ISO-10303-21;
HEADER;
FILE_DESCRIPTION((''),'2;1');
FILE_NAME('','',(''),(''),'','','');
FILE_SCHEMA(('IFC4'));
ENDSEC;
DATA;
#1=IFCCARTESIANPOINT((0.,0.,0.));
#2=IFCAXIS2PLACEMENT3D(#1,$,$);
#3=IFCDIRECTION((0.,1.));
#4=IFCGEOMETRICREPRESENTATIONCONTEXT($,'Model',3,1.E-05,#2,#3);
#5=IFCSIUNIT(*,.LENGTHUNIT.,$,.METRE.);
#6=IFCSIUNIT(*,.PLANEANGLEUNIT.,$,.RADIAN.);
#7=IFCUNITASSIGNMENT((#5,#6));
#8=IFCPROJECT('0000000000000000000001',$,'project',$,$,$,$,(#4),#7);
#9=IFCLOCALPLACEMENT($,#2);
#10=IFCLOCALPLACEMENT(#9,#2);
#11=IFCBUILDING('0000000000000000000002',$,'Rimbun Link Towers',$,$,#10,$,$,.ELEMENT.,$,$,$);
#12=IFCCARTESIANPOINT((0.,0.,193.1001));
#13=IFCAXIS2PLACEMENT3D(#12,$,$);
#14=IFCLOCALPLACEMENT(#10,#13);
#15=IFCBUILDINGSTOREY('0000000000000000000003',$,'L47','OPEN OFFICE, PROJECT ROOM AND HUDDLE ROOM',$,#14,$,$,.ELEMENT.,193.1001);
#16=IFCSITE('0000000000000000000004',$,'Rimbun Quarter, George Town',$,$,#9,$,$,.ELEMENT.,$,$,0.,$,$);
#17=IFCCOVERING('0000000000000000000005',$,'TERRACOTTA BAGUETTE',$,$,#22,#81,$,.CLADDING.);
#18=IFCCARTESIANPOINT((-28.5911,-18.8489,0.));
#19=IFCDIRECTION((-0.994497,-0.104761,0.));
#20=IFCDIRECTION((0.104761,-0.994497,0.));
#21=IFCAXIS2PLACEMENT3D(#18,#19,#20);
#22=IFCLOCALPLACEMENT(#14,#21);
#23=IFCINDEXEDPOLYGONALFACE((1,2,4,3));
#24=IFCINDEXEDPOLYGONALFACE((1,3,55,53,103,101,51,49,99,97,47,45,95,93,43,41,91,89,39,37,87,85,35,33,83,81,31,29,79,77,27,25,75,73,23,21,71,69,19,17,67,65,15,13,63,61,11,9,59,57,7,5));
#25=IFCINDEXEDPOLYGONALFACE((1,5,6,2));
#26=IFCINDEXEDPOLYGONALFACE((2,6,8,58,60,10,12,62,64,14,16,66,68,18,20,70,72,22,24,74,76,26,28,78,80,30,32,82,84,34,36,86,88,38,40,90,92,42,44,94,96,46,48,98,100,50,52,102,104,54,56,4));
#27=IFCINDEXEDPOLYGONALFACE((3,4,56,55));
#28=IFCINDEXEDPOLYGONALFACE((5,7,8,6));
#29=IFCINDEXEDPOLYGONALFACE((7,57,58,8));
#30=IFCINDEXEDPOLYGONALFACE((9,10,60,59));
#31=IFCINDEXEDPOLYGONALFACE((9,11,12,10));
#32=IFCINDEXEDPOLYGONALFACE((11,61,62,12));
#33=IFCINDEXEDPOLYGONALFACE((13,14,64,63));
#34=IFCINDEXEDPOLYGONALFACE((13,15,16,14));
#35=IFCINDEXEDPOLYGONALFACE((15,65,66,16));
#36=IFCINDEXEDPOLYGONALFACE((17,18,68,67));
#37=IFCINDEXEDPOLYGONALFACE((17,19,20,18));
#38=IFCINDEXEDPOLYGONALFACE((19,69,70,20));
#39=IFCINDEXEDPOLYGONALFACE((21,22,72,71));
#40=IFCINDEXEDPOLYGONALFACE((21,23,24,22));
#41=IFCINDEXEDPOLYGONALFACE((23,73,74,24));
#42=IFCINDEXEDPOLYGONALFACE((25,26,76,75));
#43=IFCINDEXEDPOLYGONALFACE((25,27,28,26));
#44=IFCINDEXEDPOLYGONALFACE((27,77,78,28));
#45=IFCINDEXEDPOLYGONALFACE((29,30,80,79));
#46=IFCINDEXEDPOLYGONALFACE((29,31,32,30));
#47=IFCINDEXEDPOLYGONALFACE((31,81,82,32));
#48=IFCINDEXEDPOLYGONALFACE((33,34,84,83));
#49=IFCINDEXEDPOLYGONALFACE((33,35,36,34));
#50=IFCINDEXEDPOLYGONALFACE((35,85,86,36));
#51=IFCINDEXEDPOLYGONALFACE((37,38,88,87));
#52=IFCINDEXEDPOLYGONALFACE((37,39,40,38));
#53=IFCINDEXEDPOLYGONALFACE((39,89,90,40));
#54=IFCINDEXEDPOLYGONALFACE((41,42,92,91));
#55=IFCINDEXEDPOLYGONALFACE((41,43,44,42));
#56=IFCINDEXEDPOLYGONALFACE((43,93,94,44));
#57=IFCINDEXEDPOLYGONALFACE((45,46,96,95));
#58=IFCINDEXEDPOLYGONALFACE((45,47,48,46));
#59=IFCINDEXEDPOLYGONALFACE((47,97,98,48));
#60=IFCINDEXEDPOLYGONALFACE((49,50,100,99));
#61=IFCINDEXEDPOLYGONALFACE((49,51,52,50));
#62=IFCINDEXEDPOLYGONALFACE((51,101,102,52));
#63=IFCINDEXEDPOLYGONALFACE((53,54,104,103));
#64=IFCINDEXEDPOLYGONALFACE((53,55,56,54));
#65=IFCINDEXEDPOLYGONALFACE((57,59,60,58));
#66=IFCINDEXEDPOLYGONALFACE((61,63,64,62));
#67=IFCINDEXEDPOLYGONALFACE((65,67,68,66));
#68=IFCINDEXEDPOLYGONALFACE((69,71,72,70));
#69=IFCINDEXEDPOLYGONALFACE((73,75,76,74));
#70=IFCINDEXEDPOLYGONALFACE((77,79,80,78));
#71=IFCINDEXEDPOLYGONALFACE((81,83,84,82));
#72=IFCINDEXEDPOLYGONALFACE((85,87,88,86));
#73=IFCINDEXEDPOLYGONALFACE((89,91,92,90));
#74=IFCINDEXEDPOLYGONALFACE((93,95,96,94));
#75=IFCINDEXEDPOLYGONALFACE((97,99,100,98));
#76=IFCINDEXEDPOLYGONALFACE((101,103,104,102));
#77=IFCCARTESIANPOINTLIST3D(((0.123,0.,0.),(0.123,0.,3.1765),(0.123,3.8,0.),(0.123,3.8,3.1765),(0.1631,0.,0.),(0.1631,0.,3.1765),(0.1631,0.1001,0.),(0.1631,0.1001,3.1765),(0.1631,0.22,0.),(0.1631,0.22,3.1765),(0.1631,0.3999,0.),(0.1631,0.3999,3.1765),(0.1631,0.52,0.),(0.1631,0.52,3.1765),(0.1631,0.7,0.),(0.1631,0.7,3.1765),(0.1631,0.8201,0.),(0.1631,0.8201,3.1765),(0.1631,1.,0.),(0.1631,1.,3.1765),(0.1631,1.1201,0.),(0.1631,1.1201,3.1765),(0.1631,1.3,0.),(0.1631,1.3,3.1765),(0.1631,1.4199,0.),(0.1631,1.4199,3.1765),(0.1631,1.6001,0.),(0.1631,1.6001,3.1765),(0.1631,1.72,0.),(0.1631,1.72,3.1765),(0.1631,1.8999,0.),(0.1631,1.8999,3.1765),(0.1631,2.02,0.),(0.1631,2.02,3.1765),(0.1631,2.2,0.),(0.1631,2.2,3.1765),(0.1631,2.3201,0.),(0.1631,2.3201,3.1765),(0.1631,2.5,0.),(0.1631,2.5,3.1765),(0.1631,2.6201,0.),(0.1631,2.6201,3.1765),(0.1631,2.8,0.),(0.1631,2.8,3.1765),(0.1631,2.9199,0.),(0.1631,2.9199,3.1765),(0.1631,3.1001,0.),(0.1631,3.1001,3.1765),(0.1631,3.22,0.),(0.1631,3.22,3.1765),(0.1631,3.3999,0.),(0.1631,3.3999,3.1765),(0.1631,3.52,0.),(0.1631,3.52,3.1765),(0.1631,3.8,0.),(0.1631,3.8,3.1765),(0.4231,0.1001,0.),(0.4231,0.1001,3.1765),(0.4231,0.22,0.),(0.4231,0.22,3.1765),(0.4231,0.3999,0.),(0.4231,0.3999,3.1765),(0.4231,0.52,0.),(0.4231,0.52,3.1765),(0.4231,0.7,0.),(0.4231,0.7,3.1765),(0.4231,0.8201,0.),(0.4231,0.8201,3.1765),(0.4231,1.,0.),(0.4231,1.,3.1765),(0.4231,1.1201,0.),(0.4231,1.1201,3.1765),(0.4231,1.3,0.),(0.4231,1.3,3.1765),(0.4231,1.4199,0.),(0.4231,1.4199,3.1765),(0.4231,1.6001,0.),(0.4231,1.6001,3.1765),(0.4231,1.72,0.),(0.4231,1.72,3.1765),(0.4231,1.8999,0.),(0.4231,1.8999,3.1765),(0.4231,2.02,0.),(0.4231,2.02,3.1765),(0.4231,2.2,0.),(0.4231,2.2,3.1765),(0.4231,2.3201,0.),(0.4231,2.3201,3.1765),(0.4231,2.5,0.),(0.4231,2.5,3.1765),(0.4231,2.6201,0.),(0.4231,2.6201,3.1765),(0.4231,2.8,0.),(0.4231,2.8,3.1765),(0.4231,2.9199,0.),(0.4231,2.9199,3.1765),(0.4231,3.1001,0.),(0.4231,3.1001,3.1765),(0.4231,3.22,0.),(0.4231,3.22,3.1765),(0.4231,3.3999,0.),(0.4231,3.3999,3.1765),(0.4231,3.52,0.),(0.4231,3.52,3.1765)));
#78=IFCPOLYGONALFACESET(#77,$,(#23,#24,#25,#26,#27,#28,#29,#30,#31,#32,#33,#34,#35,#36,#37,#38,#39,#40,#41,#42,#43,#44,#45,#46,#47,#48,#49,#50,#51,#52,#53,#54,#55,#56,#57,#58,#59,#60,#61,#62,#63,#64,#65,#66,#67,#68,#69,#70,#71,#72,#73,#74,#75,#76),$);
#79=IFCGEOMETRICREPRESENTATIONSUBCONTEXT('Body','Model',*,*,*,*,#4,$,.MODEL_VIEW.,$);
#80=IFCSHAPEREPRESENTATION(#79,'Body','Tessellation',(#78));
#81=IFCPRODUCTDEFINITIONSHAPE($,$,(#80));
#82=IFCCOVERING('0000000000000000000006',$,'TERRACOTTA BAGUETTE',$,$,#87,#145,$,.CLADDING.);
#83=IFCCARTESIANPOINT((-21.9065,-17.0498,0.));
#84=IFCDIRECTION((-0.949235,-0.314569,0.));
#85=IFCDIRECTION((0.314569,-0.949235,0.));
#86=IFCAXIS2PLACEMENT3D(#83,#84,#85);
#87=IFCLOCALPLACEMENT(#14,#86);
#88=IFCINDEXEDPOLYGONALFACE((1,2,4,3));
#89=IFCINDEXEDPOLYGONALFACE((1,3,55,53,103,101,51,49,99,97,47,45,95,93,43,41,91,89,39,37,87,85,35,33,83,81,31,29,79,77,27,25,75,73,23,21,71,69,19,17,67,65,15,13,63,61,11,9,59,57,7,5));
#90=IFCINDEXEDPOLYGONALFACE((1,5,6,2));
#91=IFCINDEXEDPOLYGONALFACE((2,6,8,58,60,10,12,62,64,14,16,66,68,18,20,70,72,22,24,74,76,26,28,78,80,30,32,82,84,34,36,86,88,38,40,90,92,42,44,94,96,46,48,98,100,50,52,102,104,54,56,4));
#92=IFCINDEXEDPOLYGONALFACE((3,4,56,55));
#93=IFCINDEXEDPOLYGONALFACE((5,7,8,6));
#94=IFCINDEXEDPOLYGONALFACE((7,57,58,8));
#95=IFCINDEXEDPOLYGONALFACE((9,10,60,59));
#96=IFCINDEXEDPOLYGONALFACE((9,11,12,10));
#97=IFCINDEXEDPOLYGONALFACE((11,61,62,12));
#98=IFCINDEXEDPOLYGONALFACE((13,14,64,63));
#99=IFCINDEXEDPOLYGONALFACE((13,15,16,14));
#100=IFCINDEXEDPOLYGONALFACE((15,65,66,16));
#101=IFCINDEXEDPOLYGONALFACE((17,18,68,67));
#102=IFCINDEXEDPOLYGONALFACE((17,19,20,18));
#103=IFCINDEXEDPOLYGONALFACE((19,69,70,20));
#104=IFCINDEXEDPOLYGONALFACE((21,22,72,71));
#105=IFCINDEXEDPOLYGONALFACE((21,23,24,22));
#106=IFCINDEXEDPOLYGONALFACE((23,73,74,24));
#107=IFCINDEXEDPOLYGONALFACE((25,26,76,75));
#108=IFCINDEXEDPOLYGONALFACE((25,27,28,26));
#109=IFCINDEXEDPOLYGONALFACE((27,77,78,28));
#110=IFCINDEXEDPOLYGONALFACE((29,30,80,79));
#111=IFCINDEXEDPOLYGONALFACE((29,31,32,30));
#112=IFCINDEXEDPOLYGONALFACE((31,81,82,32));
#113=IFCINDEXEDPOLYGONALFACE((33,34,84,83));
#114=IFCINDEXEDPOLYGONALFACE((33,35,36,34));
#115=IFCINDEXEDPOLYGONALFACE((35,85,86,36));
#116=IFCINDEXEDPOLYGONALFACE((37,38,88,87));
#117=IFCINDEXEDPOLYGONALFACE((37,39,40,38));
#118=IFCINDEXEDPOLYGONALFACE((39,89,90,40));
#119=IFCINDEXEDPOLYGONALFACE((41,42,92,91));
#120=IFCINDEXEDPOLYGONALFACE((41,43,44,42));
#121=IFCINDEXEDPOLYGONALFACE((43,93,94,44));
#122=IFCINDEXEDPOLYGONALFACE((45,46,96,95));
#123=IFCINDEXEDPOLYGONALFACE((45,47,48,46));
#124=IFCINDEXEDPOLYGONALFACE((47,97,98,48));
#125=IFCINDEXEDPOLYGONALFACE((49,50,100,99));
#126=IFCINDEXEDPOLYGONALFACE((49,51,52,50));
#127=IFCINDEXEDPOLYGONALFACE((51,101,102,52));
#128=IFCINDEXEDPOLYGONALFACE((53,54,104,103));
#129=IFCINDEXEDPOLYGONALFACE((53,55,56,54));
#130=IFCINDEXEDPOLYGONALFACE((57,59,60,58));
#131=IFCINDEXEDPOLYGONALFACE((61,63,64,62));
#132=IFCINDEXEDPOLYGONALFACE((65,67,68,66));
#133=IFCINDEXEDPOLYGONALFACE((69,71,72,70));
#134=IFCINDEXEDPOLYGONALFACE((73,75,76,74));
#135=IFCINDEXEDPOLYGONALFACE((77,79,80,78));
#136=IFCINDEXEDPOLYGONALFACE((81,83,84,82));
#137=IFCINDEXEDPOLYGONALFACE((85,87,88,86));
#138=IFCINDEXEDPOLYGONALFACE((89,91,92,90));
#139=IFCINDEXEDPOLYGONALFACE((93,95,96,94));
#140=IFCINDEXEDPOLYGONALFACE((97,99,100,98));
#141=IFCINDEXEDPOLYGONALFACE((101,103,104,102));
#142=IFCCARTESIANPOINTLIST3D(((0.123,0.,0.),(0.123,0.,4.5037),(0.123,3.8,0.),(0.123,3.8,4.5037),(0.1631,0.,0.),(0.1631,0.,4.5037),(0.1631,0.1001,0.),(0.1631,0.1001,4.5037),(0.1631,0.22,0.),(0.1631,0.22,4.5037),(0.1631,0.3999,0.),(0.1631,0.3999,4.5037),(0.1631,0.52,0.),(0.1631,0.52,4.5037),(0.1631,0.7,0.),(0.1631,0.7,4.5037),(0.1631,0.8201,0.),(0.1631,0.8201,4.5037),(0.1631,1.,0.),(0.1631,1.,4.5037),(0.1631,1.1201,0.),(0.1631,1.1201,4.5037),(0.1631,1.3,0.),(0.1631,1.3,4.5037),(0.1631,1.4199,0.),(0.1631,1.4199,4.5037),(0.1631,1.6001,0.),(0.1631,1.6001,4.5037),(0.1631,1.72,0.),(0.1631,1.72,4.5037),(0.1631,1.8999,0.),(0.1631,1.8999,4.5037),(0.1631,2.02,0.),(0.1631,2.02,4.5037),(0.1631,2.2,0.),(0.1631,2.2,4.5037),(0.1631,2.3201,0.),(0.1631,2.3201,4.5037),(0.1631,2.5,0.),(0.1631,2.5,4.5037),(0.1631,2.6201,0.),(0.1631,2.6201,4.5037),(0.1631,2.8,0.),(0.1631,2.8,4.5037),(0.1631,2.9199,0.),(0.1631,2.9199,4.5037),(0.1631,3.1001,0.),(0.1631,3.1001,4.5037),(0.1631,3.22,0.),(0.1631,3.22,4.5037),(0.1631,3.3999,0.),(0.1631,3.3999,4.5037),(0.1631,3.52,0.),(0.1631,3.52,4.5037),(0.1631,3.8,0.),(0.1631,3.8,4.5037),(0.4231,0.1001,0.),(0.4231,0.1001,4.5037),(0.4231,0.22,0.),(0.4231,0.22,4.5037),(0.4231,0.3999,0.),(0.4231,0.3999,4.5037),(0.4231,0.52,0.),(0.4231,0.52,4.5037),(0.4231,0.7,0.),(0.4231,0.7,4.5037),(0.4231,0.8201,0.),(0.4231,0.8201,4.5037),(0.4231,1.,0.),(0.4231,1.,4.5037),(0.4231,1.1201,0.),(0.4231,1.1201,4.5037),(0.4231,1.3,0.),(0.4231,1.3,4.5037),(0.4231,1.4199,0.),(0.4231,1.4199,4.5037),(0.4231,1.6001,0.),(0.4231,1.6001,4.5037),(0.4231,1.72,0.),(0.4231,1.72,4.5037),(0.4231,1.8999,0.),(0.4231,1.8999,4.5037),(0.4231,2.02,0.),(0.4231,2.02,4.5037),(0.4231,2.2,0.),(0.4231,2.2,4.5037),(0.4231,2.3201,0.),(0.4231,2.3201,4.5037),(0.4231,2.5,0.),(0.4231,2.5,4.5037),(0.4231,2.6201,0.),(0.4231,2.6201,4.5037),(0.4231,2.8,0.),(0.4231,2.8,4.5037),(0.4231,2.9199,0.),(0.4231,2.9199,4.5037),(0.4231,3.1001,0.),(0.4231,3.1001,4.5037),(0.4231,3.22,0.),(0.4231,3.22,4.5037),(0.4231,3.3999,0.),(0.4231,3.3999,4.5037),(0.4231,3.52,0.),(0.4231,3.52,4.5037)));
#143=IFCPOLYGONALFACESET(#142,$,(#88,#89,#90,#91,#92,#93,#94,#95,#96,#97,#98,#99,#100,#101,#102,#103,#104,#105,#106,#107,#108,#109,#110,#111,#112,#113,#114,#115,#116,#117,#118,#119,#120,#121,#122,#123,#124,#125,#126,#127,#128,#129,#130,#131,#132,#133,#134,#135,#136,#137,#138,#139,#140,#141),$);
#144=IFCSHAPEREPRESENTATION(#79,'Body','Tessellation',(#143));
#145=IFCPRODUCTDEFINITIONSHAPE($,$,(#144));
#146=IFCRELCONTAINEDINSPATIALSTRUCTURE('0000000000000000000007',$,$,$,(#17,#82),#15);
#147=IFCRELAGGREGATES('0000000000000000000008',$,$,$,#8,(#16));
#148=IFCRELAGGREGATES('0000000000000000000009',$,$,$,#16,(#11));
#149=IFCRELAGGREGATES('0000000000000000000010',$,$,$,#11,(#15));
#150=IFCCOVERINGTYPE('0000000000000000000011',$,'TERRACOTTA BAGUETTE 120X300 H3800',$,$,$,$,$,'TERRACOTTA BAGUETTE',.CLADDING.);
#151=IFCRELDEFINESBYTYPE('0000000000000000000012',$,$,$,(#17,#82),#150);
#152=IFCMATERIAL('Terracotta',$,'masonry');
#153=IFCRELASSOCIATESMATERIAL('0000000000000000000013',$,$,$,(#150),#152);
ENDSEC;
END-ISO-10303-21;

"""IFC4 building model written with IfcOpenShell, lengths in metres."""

from ifc_helpers import new_model, si_unit, direction, frame, origin, place, context, subcontext, project, spatial, polyline, outline, extrude, material, material_profile, profile_set, type_object, element, save


model = new_model("IFC4")

# Units and contexts
model_context = context("Model", 3, precision=1e-05, world=origin(), true_north=direction((0.0, 1.0)))
body_context = subcontext(model_context, "Body", "Model", "MODEL_VIEW")
ifc_project = project(units=[si_unit("LENGTHUNIT", "METRE"), si_unit("PLANEANGLEUNIT", "RADIAN")], contexts=[model_context])

# Site, building, storey
site_placement = place(None, origin())
site = spatial("IfcSite", under=ifc_project, at=site_placement, Name="Rimbun Quarter, George Town", CompositionType="ELEMENT", RefElevation=0.0)
building_placement = place(site_placement, origin())
building = spatial("IfcBuilding", under=site, at=building_placement, Name="Rimbun Link Towers", CompositionType="ELEMENT")
storey_placement = place(building_placement, frame((0.0, 0.0, 193.1001)))
storey = spatial("IfcBuildingStorey", under=building, at=storey_placement, Name="L47", Description="OPEN OFFICE, PROJECT ROOM AND HUDDLE ROOM", CompositionType="ELEMENT", Elevation=193.1001)

# Coverings
ifc_material_1 = material(Name="Terracotta", Category="masonry")
ifc_material_profile_1 = material_profile(ifc_material_1, outline(polyline([(0.123, 0.0), (0.1631, 0.0), (0.1631, 0.1001), (0.4231, 0.1001), (0.4231, 0.22), (0.1631, 0.22), (0.1631, 0.3999), (0.4231, 0.3999), (0.4231, 0.52), (0.1631, 0.52), (0.1631, 0.7), (0.4231, 0.7), (0.4231, 0.8201), (0.1631, 0.8201), (0.1631, 1.0), (0.4231, 1.0), (0.4231, 1.1201), (0.1631, 1.1201), (0.1631, 1.3), (0.4231, 1.3), (0.4231, 1.4199), (0.1631, 1.4199), (0.1631, 1.6001), (0.4231, 1.6001), (0.4231, 1.72), (0.1631, 1.72), (0.1631, 1.8999), (0.4231, 1.8999), (0.4231, 2.02), (0.1631, 2.02), (0.1631, 2.2), (0.4231, 2.2), (0.4231, 2.3201), (0.1631, 2.3201), (0.1631, 2.5), (0.4231, 2.5), (0.4231, 2.6201), (0.1631, 2.6201), (0.1631, 2.8), (0.4231, 2.8), (0.4231, 2.9199), (0.1631, 2.9199), (0.1631, 3.1001), (0.4231, 3.1001), (0.4231, 3.22), (0.1631, 3.22), (0.1631, 3.3999), (0.4231, 3.3999), (0.4231, 3.52), (0.1631, 3.52), (0.1631, 3.8), (0.123, 3.8), (0.123, 0.0)])), Name="BAGUETTE 120X300")
ifc_profile_set_1 = profile_set([ifc_material_profile_1], Name="Terracotta")
covering_type = type_object("IfcCoveringType", Name="TERRACOTTA BAGUETTE 120X300 H3800", ElementType="TERRACOTTA BAGUETTE", PredefinedType="CLADDING", material=ifc_profile_set_1)
covering_1_placement = place(storey_placement, frame((-28.5911, -18.8489, 0.0), z_axis=(-0.994497, -0.104761, 0.0), x_axis=(0.104761, -0.994497, 0.0)))
element("IfcCovering", 1, at=covering_1_placement, inside=storey, type_object=covering_type, Name="TERRACOTTA BAGUETTE", PredefinedType="CLADDING", context=body_context, shape_type="SweptSolid", body=[
    extrude(outline(polyline([(0.123, 0.0), (0.1631, 0.0), (0.1631, 0.1001), (0.4231, 0.1001), (0.4231, 0.22), (0.1631, 0.22), (0.1631, 0.3999), (0.4231, 0.3999), (0.4231, 0.52), (0.1631, 0.52), (0.1631, 0.7), (0.4231, 0.7), (0.4231, 0.8201), (0.1631, 0.8201), (0.1631, 1.0), (0.4231, 1.0), (0.4231, 1.1201), (0.1631, 1.1201), (0.1631, 1.3), (0.4231, 1.3), (0.4231, 1.4199), (0.1631, 1.4199), (0.1631, 1.6001), (0.4231, 1.6001), (0.4231, 1.72), (0.1631, 1.72), (0.1631, 1.8999), (0.4231, 1.8999), (0.4231, 2.02), (0.1631, 2.02), (0.1631, 2.2), (0.4231, 2.2), (0.4231, 2.3201), (0.1631, 2.3201), (0.1631, 2.5), (0.4231, 2.5), (0.4231, 2.6201), (0.1631, 2.6201), (0.1631, 2.8), (0.4231, 2.8), (0.4231, 2.9199), (0.1631, 2.9199), (0.1631, 3.1001), (0.4231, 3.1001), (0.4231, 3.22), (0.1631, 3.22), (0.1631, 3.3999), (0.4231, 3.3999), (0.4231, 3.52), (0.1631, 3.52), (0.1631, 3.8), (0.123, 3.8), (0.123, 0.0)])), origin(), (0.0, 0.0, 1.0), 3.1765),
])
covering_2_placement = place(storey_placement, frame((-21.9065, -17.0498, 0.0), z_axis=(-0.949235, -0.314569, 0.0), x_axis=(0.314569, -0.949235, 0.0)))
element("IfcCovering", 2, at=covering_2_placement, inside=storey, type_object=covering_type, Name="TERRACOTTA BAGUETTE", PredefinedType="CLADDING", context=body_context, shape_type="SweptSolid", body=[
    extrude(outline(polyline([(0.123, 0.0), (0.1631, 0.0), (0.1631, 0.1001), (0.4231, 0.1001), (0.4231, 0.22), (0.1631, 0.22), (0.1631, 0.3999), (0.4231, 0.3999), (0.4231, 0.52), (0.1631, 0.52), (0.1631, 0.7), (0.4231, 0.7), (0.4231, 0.8201), (0.1631, 0.8201), (0.1631, 1.0), (0.4231, 1.0), (0.4231, 1.1201), (0.1631, 1.1201), (0.1631, 1.3), (0.4231, 1.3), (0.4231, 1.4199), (0.1631, 1.4199), (0.1631, 1.6001), (0.4231, 1.6001), (0.4231, 1.72), (0.1631, 1.72), (0.1631, 1.8999), (0.4231, 1.8999), (0.4231, 2.02), (0.1631, 2.02), (0.1631, 2.2), (0.4231, 2.2), (0.4231, 2.3201), (0.1631, 2.3201), (0.1631, 2.5), (0.4231, 2.5), (0.4231, 2.6201), (0.1631, 2.6201), (0.1631, 2.8), (0.4231, 2.8), (0.4231, 2.9199), (0.1631, 2.9199), (0.1631, 3.1001), (0.4231, 3.1001), (0.4231, 3.22), (0.1631, 3.22), (0.1631, 3.3999), (0.4231, 3.3999), (0.4231, 3.52), (0.1631, 3.52), (0.1631, 3.8), (0.123, 3.8), (0.123, 0.0)])), origin(), (0.0, 0.0, 1.0), 4.5037),
])

save(model, "model.ifc")
